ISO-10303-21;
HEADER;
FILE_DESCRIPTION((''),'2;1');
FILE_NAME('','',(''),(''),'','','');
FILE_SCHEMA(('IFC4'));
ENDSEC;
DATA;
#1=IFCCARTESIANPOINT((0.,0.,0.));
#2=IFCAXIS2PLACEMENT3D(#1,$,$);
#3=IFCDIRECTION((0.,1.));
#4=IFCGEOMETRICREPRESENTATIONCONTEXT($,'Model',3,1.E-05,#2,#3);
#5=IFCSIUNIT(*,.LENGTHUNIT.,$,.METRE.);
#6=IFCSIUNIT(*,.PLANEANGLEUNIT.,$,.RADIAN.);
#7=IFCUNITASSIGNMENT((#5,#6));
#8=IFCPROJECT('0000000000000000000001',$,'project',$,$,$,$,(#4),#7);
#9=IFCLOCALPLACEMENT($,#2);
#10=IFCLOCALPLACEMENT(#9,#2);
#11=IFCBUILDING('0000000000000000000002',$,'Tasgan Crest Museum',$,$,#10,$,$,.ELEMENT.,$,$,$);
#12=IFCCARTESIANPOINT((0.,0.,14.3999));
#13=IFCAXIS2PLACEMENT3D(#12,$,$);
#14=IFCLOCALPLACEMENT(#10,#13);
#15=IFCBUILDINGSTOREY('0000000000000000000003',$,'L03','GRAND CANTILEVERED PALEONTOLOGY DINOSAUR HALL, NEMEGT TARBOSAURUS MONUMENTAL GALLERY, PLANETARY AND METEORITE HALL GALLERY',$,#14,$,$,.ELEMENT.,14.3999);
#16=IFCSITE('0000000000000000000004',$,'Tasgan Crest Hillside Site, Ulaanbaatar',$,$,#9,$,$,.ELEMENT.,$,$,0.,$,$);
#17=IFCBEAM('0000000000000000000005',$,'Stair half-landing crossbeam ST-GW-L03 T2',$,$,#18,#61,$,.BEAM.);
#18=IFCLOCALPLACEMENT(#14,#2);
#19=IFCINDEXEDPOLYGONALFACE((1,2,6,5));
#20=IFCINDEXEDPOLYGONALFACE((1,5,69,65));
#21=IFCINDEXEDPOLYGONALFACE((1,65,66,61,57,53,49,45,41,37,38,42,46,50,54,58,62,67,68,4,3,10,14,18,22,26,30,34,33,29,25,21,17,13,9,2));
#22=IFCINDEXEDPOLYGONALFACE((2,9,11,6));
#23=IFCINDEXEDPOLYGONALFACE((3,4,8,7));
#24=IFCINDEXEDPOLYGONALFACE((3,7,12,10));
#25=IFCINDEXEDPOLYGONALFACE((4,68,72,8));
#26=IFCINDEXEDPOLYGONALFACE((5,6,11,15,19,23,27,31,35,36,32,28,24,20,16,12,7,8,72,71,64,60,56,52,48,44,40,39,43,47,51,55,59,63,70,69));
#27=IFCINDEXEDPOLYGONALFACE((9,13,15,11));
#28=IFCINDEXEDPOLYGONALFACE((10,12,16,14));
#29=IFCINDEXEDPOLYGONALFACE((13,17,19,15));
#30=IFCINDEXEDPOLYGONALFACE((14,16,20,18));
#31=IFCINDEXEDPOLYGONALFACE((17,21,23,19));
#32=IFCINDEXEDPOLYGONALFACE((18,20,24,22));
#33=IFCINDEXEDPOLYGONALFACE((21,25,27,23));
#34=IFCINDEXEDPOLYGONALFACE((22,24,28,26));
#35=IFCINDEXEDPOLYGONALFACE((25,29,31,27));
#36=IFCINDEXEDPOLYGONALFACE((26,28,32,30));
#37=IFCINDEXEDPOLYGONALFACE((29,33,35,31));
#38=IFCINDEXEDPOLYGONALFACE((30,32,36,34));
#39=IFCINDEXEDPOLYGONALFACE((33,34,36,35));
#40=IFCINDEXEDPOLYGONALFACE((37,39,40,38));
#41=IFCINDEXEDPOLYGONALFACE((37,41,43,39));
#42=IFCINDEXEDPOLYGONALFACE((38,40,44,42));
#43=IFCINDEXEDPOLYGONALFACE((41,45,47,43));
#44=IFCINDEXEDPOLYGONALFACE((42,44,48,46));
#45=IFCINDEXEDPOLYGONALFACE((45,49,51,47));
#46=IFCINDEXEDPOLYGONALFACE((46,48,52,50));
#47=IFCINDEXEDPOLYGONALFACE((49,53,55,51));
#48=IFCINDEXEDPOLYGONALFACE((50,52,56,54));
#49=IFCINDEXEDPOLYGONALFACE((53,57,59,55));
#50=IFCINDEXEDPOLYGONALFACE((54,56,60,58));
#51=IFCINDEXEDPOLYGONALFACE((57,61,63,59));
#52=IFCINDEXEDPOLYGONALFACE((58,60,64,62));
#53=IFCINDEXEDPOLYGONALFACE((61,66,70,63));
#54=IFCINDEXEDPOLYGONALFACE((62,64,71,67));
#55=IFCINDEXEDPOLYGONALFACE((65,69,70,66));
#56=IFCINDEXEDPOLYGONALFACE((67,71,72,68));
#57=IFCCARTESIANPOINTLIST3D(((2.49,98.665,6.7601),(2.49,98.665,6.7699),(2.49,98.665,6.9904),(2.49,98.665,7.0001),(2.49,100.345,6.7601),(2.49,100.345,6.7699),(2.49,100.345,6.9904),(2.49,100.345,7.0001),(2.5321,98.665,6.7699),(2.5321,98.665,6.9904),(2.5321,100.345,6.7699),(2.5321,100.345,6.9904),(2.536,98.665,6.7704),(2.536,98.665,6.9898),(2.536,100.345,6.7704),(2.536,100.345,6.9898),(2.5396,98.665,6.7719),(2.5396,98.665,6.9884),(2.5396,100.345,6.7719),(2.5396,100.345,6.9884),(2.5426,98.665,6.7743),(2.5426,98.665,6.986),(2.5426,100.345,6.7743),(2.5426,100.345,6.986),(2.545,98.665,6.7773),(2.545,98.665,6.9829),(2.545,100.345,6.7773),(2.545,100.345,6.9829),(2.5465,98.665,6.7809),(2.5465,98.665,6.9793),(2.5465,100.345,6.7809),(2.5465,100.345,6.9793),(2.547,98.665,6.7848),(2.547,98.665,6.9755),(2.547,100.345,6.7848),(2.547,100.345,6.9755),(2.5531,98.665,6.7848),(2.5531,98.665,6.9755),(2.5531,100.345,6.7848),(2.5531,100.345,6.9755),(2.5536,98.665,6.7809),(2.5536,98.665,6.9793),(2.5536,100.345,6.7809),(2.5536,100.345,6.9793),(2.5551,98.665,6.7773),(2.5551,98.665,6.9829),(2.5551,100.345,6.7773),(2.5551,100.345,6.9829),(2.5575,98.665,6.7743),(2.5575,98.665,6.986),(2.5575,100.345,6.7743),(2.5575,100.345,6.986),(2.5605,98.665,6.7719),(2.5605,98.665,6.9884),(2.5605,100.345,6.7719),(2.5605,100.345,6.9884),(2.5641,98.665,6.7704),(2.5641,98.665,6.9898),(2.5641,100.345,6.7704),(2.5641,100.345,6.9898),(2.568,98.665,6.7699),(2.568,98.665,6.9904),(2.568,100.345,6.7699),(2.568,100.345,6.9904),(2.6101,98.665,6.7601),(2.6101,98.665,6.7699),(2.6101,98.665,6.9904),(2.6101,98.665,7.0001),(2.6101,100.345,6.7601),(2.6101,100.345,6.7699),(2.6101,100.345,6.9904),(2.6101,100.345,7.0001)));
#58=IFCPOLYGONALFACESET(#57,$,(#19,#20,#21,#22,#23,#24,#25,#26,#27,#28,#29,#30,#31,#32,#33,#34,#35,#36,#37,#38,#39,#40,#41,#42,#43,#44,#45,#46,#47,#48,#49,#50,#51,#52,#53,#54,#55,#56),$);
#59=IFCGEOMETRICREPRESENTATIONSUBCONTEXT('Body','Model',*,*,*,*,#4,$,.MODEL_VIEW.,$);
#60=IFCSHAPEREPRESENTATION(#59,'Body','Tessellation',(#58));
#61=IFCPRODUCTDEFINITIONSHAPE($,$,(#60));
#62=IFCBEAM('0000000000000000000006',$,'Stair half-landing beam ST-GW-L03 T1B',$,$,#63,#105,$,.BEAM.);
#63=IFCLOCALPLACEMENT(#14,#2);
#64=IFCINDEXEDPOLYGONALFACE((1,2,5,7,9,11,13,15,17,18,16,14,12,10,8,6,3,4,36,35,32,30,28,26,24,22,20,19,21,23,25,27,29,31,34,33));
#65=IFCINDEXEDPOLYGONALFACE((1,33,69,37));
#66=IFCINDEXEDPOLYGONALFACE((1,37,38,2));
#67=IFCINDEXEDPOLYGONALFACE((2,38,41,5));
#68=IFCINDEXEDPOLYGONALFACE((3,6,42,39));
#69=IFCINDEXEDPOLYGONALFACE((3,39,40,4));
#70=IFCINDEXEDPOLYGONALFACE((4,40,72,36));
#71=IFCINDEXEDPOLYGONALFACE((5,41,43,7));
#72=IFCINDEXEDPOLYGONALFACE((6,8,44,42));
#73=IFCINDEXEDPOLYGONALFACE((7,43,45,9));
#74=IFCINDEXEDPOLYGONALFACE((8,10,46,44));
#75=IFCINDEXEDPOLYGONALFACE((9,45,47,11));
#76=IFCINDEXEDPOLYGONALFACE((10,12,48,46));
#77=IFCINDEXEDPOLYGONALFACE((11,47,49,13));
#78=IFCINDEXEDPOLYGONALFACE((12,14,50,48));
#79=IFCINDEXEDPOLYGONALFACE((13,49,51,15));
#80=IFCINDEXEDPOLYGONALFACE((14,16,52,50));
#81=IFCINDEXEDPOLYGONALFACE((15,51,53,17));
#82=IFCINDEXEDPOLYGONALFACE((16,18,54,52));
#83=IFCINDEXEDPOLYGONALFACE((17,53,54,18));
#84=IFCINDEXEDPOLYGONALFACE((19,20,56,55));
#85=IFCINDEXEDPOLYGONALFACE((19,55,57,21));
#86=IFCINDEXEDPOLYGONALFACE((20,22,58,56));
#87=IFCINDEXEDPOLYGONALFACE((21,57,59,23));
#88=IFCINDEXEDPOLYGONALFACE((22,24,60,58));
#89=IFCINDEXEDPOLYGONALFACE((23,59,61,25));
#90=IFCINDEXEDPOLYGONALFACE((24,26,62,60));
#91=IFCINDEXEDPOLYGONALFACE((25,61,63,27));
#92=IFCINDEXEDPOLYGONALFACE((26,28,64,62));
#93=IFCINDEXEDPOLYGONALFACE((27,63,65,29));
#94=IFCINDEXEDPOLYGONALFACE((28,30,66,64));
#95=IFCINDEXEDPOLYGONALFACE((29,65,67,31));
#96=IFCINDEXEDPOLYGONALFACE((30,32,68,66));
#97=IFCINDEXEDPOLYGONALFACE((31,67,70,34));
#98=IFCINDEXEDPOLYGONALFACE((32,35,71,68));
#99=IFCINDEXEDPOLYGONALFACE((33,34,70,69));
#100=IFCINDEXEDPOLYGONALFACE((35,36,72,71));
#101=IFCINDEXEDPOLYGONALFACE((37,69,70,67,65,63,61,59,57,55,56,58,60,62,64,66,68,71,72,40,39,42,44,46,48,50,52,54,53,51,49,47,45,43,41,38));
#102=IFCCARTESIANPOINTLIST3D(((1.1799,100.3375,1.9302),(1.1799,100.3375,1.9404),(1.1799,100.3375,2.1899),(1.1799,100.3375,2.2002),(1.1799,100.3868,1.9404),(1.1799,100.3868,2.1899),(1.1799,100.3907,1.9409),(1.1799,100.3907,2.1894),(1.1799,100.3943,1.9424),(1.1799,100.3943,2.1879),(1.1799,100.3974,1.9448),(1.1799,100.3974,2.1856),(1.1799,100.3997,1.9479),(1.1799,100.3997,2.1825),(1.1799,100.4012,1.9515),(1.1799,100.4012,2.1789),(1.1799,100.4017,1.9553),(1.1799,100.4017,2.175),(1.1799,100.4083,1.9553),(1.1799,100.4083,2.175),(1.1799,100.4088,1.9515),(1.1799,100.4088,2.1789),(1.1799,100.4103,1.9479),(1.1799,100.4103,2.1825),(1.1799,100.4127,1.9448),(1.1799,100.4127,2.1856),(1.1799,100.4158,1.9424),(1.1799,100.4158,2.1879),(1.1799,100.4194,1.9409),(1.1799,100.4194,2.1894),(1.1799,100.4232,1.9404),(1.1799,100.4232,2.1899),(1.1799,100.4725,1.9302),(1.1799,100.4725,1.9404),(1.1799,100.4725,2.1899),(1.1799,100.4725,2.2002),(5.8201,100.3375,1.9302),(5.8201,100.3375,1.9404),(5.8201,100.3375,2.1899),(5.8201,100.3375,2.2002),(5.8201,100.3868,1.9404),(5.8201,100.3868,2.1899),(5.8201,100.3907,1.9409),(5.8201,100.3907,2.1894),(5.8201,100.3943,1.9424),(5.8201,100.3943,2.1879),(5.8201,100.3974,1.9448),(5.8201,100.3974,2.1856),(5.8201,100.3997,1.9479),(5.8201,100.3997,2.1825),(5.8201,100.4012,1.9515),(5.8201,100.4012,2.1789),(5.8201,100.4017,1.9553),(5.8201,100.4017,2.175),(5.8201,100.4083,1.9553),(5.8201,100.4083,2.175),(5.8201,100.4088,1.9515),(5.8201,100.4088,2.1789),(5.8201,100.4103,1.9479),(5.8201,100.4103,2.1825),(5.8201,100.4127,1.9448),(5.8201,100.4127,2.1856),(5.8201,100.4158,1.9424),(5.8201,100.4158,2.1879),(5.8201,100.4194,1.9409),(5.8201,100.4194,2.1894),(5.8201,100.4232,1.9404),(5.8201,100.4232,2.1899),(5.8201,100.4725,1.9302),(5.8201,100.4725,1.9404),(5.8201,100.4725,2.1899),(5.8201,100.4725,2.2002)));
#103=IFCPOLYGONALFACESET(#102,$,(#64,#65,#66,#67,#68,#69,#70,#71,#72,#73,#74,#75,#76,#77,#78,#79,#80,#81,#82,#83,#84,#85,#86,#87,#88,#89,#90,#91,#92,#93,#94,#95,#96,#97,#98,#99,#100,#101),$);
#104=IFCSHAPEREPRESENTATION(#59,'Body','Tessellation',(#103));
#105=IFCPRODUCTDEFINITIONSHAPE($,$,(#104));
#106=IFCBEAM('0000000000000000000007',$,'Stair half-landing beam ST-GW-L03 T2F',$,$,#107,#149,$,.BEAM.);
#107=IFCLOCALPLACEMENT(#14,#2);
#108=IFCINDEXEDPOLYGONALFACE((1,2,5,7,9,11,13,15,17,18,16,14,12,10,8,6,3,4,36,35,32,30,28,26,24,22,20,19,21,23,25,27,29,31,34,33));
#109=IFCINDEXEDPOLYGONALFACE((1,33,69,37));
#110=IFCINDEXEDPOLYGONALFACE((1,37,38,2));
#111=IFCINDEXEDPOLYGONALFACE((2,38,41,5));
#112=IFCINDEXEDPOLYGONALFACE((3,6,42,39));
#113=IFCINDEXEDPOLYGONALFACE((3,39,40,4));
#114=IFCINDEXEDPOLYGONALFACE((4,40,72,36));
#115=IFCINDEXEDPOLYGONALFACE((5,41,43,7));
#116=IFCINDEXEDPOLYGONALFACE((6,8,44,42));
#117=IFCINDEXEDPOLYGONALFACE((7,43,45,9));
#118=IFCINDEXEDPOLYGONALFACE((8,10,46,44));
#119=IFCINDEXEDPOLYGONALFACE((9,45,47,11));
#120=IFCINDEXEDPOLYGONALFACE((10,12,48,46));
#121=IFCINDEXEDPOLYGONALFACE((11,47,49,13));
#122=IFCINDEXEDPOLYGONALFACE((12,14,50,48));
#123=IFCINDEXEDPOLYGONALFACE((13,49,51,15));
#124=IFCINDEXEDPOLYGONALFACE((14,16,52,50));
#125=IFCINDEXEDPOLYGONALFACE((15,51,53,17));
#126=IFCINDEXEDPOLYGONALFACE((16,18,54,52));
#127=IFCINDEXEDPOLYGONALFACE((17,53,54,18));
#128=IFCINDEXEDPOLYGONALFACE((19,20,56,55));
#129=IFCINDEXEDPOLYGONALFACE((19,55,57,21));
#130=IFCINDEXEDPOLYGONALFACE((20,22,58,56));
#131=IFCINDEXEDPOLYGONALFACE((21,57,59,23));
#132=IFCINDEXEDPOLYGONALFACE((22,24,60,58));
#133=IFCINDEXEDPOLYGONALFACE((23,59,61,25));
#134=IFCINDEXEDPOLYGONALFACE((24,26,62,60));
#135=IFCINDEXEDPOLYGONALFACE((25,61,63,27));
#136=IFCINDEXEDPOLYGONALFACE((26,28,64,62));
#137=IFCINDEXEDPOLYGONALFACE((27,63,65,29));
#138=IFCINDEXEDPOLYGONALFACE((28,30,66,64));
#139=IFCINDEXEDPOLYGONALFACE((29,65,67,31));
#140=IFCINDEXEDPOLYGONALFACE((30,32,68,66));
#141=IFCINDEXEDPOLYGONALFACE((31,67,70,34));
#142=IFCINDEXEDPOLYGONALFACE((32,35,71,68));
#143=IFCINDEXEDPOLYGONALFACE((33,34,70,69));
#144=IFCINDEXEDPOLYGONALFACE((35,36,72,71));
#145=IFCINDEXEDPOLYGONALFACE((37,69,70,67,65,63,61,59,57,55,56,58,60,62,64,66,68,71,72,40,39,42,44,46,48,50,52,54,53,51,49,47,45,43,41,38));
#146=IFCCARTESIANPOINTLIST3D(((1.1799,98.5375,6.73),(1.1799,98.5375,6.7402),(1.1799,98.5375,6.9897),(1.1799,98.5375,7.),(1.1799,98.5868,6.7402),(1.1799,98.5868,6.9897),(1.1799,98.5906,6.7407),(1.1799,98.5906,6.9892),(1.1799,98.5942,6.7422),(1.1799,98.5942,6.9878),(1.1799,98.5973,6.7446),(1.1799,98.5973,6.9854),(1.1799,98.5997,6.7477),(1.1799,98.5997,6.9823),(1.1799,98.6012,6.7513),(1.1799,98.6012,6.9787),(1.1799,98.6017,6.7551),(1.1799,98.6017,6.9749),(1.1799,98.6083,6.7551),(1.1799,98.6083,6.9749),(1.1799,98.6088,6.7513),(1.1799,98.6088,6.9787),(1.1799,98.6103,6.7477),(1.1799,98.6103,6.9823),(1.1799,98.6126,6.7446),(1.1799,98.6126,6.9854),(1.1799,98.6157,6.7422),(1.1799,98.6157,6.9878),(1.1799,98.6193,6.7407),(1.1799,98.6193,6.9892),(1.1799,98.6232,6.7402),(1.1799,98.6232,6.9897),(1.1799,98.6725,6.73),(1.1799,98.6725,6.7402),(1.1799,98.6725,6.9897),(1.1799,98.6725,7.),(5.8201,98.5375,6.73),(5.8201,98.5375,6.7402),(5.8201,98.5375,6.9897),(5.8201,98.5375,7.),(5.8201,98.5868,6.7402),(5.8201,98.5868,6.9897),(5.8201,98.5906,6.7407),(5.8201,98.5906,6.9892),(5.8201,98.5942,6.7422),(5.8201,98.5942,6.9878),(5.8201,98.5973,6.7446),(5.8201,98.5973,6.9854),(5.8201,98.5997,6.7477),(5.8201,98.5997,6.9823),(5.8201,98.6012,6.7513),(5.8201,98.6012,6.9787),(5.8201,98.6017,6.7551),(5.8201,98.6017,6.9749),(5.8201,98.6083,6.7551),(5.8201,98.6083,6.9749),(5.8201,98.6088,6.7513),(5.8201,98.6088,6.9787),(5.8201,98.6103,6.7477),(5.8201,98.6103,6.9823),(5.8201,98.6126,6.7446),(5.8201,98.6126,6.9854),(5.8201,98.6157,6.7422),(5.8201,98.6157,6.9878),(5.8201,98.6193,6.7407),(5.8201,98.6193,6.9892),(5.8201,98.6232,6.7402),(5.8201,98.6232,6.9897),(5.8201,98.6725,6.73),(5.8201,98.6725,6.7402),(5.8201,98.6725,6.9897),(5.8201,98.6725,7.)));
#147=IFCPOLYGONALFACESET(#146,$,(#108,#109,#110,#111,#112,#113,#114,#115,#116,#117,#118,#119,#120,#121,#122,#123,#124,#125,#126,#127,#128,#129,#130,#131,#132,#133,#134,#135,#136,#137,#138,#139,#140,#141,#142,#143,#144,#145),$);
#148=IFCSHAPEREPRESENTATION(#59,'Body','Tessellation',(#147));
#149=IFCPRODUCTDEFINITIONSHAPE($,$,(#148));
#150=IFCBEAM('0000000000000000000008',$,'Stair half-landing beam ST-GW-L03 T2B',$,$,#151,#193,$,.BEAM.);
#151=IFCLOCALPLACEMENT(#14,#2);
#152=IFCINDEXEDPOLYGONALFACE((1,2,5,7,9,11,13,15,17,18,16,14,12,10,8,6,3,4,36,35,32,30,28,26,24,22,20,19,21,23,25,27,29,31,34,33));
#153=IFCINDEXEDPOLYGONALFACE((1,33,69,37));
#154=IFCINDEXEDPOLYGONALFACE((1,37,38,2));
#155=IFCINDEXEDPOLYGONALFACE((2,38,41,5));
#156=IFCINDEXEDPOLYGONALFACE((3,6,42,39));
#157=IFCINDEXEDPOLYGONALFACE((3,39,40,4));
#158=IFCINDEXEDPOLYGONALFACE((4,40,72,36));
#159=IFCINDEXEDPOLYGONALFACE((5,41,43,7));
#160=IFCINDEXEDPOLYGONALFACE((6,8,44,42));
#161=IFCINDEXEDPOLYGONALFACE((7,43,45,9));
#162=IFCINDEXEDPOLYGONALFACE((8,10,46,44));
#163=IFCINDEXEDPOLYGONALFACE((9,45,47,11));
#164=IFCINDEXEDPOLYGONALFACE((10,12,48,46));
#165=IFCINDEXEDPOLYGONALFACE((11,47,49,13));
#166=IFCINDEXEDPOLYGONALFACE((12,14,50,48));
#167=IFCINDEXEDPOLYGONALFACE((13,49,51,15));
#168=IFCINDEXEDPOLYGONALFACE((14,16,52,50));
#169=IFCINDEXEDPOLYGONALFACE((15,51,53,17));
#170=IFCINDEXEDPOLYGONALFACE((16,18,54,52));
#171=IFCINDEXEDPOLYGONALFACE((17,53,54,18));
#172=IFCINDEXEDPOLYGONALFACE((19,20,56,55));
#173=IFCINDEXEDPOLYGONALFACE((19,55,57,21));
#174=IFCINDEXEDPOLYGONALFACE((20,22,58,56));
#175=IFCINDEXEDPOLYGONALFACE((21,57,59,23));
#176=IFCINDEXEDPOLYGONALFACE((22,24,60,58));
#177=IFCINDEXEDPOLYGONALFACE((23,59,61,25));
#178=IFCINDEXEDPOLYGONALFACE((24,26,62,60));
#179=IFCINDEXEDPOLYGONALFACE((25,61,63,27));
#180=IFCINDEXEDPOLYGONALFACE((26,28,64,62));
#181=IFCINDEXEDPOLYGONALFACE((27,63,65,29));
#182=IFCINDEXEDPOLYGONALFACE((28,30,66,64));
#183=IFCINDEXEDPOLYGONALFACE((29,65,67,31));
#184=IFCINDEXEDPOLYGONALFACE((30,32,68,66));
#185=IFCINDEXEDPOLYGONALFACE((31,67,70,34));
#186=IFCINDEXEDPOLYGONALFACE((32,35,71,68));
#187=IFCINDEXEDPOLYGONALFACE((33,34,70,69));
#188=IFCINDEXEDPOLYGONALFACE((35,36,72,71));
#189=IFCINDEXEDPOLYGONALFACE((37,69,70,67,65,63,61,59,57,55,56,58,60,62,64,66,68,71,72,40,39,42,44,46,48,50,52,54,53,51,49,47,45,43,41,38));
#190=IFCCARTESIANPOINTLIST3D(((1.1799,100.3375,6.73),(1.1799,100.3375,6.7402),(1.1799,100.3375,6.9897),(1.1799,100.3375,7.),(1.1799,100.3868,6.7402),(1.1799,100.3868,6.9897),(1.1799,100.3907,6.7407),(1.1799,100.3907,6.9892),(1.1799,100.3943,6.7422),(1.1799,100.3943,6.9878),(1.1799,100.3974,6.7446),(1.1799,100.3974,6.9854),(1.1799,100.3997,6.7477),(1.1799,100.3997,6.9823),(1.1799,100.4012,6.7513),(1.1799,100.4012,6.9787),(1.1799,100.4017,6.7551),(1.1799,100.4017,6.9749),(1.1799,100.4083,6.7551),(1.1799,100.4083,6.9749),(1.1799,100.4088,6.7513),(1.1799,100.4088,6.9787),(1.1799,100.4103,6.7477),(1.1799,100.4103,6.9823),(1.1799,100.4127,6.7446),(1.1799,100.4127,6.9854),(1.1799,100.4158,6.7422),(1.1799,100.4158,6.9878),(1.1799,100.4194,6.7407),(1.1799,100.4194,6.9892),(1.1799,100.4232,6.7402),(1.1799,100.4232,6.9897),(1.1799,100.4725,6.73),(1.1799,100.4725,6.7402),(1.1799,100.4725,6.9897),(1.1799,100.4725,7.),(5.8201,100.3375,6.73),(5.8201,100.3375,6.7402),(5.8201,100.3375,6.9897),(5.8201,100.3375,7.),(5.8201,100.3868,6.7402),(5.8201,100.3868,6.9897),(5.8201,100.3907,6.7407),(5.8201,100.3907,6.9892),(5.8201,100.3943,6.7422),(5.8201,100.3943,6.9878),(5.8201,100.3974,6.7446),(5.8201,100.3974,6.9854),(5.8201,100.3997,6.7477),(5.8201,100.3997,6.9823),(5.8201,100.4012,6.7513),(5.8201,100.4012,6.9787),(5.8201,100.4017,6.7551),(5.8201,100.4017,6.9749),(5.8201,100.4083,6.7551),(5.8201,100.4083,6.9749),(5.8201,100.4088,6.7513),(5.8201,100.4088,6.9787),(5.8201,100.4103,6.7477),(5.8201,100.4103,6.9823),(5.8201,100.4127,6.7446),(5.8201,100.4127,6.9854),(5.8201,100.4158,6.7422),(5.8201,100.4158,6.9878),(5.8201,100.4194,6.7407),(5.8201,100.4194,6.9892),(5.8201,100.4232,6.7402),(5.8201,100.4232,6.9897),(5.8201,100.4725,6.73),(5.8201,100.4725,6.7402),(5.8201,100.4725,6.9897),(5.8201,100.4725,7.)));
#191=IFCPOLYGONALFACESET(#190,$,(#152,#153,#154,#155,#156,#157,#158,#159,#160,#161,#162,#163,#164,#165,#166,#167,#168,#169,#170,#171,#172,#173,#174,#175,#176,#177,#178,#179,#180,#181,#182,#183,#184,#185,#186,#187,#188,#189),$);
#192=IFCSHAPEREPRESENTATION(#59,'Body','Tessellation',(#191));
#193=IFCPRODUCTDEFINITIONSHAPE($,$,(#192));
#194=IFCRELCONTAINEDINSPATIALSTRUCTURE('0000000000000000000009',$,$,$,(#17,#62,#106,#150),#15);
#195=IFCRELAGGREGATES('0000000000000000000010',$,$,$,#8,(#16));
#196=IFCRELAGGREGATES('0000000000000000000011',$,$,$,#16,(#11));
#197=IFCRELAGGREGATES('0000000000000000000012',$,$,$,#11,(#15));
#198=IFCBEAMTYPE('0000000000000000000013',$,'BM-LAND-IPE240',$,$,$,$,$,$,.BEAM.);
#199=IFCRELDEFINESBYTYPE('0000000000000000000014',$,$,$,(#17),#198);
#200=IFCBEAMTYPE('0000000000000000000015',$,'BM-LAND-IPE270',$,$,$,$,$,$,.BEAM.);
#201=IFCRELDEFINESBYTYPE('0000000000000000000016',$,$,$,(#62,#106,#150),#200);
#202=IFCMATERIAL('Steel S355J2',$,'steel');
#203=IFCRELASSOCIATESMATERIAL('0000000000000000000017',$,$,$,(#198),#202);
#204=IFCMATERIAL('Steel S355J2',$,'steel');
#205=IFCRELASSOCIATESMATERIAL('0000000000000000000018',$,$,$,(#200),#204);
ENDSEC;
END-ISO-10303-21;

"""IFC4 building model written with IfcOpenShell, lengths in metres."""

from ifc_helpers import new_model, si_unit, direction, frame, origin, origin_2d, place, context, subcontext, project, spatial, i_section, extrude, material, material_profile, profile_set, type_object, element, save


model = new_model("IFC4")

# Units and contexts
model_context = context("Model", 3, precision=1e-05, world=origin(), true_north=direction((0.0, 1.0)))
body_context = subcontext(model_context, "Body", "Model", "MODEL_VIEW")
ifc_project = project(units=[si_unit("LENGTHUNIT", "METRE"), si_unit("PLANEANGLEUNIT", "RADIAN")], contexts=[model_context])

# Site, building, storey
site_placement = place(None, origin())
site = spatial("IfcSite", under=ifc_project, at=site_placement, Name="Tasgan Crest Hillside Site, Ulaanbaatar", CompositionType="ELEMENT", RefElevation=0.0)
building_placement = place(site_placement, origin())
building = spatial("IfcBuilding", under=site, at=building_placement, Name="Tasgan Crest Museum", CompositionType="ELEMENT")
storey_placement = place(building_placement, frame((0.0, 0.0, 14.3999)))
storey = spatial("IfcBuildingStorey", under=building, at=storey_placement, Name="L03", Description="GRAND CANTILEVERED PALEONTOLOGY DINOSAUR HALL, NEMEGT TARBOSAURUS MONUMENTAL GALLERY, PLANETARY AND METEORITE HALL GALLERY", CompositionType="ELEMENT", Elevation=14.3999)

# Beams
ifc_material_1 = material(Name="Steel S355J2", Category="steel")
ifc_material_profile_1 = material_profile(ifc_material_1, i_section(OverallWidth=0.1201, OverallDepth=0.24, WebThickness=0.0061, FlangeThickness=0.0098, FilletRadius=0.0149, at=origin_2d()), Name="IPE 240")
ifc_profile_set_1 = profile_set([ifc_material_profile_1], Name="Steel S355J2")
beam_type_1 = type_object("IfcBeamType", Name="BM-LAND-IPE240", PredefinedType="BEAM", material=ifc_profile_set_1)
for number, where, z_axis, x_axis, name in (
    (1, (2.55, 98.665, 6.8801), (0.0, 1.0, 0.0), (-1.0, 0.0, 0.0), "Stair half-landing crossbeam ST-GW-L03 T2"),
):
    element("IfcBeam", number, at=place(storey_placement, frame(where, z_axis=z_axis, x_axis=x_axis)), inside=storey, type_object=beam_type_1, Name=name, PredefinedType="BEAM", context=body_context, shape_type="SweptSolid", body=[
        extrude(i_section(OverallWidth=0.1201, OverallDepth=0.24, WebThickness=0.0061, FlangeThickness=0.0098, FilletRadius=0.0149, at=origin_2d()), origin(), (0.0, 0.0, 1.0), 1.6799),
    ])
ifc_material_2 = material(Name="Steel S355J2", Category="steel")
ifc_material_profile_2 = material_profile(ifc_material_2, i_section(OverallWidth=0.135, OverallDepth=0.27, WebThickness=0.0066, FlangeThickness=0.0103, FilletRadius=0.0149, at=origin_2d()), Name="IPE 270")
ifc_profile_set_2 = profile_set([ifc_material_profile_2], Name="Steel S355J2")
beam_type_2 = type_object("IfcBeamType", Name="BM-LAND-IPE270", PredefinedType="BEAM", material=ifc_profile_set_2)
for number, where, z_axis, x_axis, name in (
    (2, (1.1799, 100.405, 2.0652), (1.0, 0.0, 0.0), (0.0, 1.0, 0.0), "Stair half-landing beam ST-GW-L03 T1B"),
    (3, (1.1799, 98.605, 6.865), (1.0, 0.0, 0.0), (0.0, 1.0, 0.0), "Stair half-landing beam ST-GW-L03 T2F"),
    (4, (1.1799, 100.405, 6.865), (1.0, 0.0, 0.0), (0.0, 1.0, 0.0), "Stair half-landing beam ST-GW-L03 T2B"),
):
    element("IfcBeam", number, at=place(storey_placement, frame(where, z_axis=z_axis, x_axis=x_axis)), inside=storey, type_object=beam_type_2, Name=name, PredefinedType="BEAM", context=body_context, shape_type="SweptSolid", body=[
        extrude(i_section(OverallWidth=0.135, OverallDepth=0.27, WebThickness=0.0066, FlangeThickness=0.0103, FilletRadius=0.0149, at=origin_2d()), origin(), (0.0, 0.0, 1.0), 4.6401),
    ])

save(model, "model.ifc")
